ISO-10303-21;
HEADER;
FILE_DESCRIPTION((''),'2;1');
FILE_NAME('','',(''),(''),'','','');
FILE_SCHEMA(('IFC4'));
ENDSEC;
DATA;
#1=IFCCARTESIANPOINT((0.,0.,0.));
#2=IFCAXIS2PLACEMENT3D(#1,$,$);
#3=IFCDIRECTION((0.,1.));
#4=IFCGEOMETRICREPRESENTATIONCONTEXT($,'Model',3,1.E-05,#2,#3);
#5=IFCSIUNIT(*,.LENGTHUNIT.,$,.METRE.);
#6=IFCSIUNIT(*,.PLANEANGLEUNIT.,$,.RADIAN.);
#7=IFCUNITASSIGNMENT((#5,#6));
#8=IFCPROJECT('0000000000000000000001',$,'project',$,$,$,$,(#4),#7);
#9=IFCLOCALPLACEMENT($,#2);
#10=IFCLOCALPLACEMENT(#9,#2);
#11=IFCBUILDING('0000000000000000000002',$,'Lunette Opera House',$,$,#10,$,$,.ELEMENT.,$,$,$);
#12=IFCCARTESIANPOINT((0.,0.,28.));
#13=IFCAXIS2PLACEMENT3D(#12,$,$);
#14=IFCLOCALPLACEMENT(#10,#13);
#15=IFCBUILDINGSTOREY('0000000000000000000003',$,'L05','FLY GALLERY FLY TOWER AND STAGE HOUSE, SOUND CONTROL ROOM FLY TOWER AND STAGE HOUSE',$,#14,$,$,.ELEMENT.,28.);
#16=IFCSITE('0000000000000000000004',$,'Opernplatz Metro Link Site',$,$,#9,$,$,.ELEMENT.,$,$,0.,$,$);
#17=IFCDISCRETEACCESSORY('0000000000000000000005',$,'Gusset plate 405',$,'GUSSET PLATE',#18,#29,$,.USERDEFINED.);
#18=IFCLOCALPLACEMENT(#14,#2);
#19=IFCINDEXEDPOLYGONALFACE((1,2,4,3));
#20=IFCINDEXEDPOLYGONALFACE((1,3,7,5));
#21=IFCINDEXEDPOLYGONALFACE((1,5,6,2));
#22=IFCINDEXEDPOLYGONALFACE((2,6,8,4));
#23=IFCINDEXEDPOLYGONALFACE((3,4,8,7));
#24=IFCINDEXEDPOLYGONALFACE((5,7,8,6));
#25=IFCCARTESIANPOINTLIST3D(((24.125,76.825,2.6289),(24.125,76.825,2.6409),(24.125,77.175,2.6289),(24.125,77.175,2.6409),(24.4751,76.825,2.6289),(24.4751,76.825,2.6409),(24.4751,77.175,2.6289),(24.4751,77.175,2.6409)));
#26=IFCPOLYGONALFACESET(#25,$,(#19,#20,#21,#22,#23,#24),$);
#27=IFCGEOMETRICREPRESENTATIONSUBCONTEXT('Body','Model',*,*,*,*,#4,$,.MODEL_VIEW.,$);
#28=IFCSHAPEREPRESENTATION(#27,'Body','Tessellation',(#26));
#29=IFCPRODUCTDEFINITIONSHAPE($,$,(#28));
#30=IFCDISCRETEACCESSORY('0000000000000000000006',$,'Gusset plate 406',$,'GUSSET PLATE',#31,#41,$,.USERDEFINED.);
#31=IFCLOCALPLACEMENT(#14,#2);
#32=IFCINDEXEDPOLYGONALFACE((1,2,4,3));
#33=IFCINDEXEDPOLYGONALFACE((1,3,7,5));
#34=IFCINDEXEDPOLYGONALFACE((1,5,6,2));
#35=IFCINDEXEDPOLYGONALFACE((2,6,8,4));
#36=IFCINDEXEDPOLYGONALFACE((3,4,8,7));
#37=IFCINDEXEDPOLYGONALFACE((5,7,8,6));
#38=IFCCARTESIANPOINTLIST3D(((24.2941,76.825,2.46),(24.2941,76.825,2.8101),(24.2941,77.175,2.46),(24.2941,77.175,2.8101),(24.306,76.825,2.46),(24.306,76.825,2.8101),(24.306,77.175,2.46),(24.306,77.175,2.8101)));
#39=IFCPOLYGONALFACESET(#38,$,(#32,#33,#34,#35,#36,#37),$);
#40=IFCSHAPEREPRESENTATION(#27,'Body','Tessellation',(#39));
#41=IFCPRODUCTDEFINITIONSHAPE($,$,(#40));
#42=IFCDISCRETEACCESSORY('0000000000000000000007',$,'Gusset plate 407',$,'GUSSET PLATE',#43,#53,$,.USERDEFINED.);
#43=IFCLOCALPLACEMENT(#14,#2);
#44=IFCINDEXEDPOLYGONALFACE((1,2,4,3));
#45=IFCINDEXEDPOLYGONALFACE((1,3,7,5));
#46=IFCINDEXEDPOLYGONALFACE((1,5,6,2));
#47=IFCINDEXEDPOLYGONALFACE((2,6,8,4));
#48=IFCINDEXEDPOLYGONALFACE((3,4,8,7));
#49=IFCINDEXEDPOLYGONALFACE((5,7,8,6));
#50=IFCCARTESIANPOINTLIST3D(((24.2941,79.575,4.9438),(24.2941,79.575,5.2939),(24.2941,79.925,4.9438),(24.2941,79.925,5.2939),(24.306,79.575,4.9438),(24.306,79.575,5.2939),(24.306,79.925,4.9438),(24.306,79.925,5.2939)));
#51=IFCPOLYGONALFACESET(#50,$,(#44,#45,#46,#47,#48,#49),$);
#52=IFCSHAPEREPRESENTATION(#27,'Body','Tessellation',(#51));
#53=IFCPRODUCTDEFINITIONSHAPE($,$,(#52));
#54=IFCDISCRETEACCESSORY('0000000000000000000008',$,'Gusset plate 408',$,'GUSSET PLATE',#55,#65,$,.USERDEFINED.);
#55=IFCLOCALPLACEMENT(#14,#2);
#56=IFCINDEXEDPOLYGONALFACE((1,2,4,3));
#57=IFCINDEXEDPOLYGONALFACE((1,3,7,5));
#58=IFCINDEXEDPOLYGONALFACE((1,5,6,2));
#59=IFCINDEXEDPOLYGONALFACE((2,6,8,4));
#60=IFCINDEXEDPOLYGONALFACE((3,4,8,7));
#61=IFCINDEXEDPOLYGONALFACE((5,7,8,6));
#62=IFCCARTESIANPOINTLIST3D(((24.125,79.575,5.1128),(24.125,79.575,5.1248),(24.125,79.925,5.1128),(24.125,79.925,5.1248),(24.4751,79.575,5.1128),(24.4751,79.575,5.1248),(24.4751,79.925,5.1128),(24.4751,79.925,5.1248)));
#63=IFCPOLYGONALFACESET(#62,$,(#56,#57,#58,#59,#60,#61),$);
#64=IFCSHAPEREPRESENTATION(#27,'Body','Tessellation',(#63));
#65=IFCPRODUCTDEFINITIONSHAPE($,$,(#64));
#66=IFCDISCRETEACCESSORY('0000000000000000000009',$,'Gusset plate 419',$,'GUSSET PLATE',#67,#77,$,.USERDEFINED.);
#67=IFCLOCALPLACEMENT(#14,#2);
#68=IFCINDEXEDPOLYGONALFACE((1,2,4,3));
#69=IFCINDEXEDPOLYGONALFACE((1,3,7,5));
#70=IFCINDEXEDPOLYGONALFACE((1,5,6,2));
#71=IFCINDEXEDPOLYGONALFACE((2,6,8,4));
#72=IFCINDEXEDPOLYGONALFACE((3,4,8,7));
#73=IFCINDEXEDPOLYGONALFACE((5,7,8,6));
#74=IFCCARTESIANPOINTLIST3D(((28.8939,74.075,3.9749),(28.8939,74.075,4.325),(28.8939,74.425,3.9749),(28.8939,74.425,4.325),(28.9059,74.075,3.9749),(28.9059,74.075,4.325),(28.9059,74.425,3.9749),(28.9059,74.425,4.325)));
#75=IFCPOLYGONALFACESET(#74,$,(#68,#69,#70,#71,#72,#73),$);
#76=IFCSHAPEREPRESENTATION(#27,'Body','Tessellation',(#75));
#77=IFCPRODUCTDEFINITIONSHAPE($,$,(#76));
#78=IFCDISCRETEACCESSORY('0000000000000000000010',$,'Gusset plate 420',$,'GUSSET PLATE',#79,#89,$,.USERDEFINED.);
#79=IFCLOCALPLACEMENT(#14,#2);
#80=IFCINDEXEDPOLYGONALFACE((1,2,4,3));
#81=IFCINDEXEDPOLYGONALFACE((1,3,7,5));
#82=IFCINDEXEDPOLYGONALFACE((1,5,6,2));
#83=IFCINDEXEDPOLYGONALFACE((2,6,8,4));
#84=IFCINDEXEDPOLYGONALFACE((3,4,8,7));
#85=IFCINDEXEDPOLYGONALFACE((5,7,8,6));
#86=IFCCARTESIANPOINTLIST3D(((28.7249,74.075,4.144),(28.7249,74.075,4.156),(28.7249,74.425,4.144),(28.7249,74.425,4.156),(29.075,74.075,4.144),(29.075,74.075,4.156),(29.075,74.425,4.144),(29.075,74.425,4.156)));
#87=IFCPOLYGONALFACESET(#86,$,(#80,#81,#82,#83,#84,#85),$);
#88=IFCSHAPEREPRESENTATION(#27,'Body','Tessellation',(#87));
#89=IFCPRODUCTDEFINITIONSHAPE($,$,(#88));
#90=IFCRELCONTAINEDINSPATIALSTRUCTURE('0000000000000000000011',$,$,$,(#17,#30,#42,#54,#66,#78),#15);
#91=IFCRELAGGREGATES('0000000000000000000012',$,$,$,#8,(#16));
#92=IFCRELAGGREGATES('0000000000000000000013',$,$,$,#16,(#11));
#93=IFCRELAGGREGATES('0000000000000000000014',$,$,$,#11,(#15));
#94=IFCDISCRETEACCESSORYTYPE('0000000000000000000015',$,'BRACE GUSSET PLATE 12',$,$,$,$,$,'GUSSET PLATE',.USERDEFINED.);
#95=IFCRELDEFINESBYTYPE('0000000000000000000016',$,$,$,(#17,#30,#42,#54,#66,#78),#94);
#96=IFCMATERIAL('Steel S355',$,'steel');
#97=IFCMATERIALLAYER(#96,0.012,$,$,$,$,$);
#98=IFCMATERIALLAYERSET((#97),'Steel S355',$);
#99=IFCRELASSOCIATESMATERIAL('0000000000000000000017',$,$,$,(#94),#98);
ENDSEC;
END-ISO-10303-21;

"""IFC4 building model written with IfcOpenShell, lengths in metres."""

from ifc_helpers import new_model, si_unit, direction, frame, origin, origin_2d, place, context, subcontext, project, spatial, rectangle, extrude, material, layer, layer_set, type_object, element, save


model = new_model("IFC4")

# Units and contexts
model_context = context("Model", 3, precision=1e-05, world=origin(), true_north=direction((0.0, 1.0)))
body_context = subcontext(model_context, "Body", "Model", "MODEL_VIEW")
ifc_project = project(units=[si_unit("LENGTHUNIT", "METRE"), si_unit("PLANEANGLEUNIT", "RADIAN")], contexts=[model_context])

# Site, building, storey
site_placement = place(None, origin())
site = spatial("IfcSite", under=ifc_project, at=site_placement, Name="Opernplatz Metro Link Site", CompositionType="ELEMENT", RefElevation=0.0)
building_placement = place(site_placement, origin())
building = spatial("IfcBuilding", under=site, at=building_placement, Name="Lunette Opera House", CompositionType="ELEMENT")
storey_placement = place(building_placement, frame((0.0, 0.0, 28.0)))
storey = spatial("IfcBuildingStorey", under=building, at=storey_placement, Name="L05", Description="FLY GALLERY FLY TOWER AND STAGE HOUSE, SOUND CONTROL ROOM FLY TOWER AND STAGE HOUSE", CompositionType="ELEMENT", Elevation=28.0)

# Discrete accessories
ifc_material_1 = material(Name="Steel S355", Category="steel")
ifc_layer = layer(ifc_material_1, 0.012)
ifc_layer_set = layer_set([ifc_layer], Name="Steel S355")
discrete_accessory_type = type_object("IfcDiscreteAccessoryType", Name="BRACE GUSSET PLATE 12", ElementType="GUSSET PLATE", PredefinedType="USERDEFINED", material=ifc_layer_set)
discrete_accessory_1_placement = place(storey_placement, frame((24.3, 77.0, 2.6289), z_axis=(0.0, 0.0, 1.0), x_axis=(0.0, 1.0, 0.0)))
element("IfcDiscreteAccessory", 1, at=discrete_accessory_1_placement, inside=storey, type_object=discrete_accessory_type, Name="Gusset plate 405", ObjectType="GUSSET PLATE", PredefinedType="USERDEFINED", context=body_context, shape_type="SweptSolid", body=[
    extrude(rectangle(XDim=0.3501, YDim=0.3501, at=origin_2d()), origin(), (0.0, 0.0, 1.0), 0.012),
])
for number, where, z_axis, x_axis, name in (
    (2, (24.3, 77.0, 2.46), (0.0, 0.0, 1.0), (0.0, 1.0, 0.0), "Gusset plate 406"),
    (3, (24.3, 79.75, 4.9438), (0.0, 0.0, 1.0), (0.0, 1.0, 0.0), "Gusset plate 407"),
):
    element("IfcDiscreteAccessory", number, at=place(storey_placement, frame(where, z_axis=z_axis, x_axis=x_axis)), inside=storey, type_object=discrete_accessory_type, Name=name, ObjectType="GUSSET PLATE", PredefinedType="USERDEFINED", context=body_context, shape_type="SweptSolid", body=[
        extrude(rectangle(XDim=0.3501, YDim=0.012, at=origin_2d()), origin(), (0.0, 0.0, 1.0), 0.3501),
    ])
discrete_accessory_2_placement = place(storey_placement, frame((24.3, 79.75, 5.1128), z_axis=(0.0, 0.0, 1.0), x_axis=(0.0, 1.0, 0.0)))
element("IfcDiscreteAccessory", 4, at=discrete_accessory_2_placement, inside=storey, type_object=discrete_accessory_type, Name="Gusset plate 408", ObjectType="GUSSET PLATE", PredefinedType="USERDEFINED", context=body_context, shape_type="SweptSolid", body=[
    extrude(rectangle(XDim=0.3501, YDim=0.3501, at=origin_2d()), origin(), (0.0, 0.0, 1.0), 0.012),
])
discrete_accessory_3_placement = place(storey_placement, frame((28.8999, 74.25, 3.9749), z_axis=(0.0, 0.0, 1.0), x_axis=(0.0, 1.0, 0.0)))
element("IfcDiscreteAccessory", 5, at=discrete_accessory_3_placement, inside=storey, type_object=discrete_accessory_type, Name="Gusset plate 419", ObjectType="GUSSET PLATE", PredefinedType="USERDEFINED", context=body_context, shape_type="SweptSolid", body=[
    extrude(rectangle(XDim=0.3501, YDim=0.012, at=origin_2d()), origin(), (0.0, 0.0, 1.0), 0.3501),
])
discrete_accessory_4_placement = place(storey_placement, frame((28.8999, 74.25, 4.144), z_axis=(0.0, 0.0, 1.0), x_axis=(0.0, 1.0, 0.0)))
element("IfcDiscreteAccessory", 6, at=discrete_accessory_4_placement, inside=storey, type_object=discrete_accessory_type, Name="Gusset plate 420", ObjectType="GUSSET PLATE", PredefinedType="USERDEFINED", context=body_context, shape_type="SweptSolid", body=[
    extrude(rectangle(XDim=0.3501, YDim=0.3501, at=origin_2d()), origin(), (0.0, 0.0, 1.0), 0.012),
])

save(model, "model.ifc")
